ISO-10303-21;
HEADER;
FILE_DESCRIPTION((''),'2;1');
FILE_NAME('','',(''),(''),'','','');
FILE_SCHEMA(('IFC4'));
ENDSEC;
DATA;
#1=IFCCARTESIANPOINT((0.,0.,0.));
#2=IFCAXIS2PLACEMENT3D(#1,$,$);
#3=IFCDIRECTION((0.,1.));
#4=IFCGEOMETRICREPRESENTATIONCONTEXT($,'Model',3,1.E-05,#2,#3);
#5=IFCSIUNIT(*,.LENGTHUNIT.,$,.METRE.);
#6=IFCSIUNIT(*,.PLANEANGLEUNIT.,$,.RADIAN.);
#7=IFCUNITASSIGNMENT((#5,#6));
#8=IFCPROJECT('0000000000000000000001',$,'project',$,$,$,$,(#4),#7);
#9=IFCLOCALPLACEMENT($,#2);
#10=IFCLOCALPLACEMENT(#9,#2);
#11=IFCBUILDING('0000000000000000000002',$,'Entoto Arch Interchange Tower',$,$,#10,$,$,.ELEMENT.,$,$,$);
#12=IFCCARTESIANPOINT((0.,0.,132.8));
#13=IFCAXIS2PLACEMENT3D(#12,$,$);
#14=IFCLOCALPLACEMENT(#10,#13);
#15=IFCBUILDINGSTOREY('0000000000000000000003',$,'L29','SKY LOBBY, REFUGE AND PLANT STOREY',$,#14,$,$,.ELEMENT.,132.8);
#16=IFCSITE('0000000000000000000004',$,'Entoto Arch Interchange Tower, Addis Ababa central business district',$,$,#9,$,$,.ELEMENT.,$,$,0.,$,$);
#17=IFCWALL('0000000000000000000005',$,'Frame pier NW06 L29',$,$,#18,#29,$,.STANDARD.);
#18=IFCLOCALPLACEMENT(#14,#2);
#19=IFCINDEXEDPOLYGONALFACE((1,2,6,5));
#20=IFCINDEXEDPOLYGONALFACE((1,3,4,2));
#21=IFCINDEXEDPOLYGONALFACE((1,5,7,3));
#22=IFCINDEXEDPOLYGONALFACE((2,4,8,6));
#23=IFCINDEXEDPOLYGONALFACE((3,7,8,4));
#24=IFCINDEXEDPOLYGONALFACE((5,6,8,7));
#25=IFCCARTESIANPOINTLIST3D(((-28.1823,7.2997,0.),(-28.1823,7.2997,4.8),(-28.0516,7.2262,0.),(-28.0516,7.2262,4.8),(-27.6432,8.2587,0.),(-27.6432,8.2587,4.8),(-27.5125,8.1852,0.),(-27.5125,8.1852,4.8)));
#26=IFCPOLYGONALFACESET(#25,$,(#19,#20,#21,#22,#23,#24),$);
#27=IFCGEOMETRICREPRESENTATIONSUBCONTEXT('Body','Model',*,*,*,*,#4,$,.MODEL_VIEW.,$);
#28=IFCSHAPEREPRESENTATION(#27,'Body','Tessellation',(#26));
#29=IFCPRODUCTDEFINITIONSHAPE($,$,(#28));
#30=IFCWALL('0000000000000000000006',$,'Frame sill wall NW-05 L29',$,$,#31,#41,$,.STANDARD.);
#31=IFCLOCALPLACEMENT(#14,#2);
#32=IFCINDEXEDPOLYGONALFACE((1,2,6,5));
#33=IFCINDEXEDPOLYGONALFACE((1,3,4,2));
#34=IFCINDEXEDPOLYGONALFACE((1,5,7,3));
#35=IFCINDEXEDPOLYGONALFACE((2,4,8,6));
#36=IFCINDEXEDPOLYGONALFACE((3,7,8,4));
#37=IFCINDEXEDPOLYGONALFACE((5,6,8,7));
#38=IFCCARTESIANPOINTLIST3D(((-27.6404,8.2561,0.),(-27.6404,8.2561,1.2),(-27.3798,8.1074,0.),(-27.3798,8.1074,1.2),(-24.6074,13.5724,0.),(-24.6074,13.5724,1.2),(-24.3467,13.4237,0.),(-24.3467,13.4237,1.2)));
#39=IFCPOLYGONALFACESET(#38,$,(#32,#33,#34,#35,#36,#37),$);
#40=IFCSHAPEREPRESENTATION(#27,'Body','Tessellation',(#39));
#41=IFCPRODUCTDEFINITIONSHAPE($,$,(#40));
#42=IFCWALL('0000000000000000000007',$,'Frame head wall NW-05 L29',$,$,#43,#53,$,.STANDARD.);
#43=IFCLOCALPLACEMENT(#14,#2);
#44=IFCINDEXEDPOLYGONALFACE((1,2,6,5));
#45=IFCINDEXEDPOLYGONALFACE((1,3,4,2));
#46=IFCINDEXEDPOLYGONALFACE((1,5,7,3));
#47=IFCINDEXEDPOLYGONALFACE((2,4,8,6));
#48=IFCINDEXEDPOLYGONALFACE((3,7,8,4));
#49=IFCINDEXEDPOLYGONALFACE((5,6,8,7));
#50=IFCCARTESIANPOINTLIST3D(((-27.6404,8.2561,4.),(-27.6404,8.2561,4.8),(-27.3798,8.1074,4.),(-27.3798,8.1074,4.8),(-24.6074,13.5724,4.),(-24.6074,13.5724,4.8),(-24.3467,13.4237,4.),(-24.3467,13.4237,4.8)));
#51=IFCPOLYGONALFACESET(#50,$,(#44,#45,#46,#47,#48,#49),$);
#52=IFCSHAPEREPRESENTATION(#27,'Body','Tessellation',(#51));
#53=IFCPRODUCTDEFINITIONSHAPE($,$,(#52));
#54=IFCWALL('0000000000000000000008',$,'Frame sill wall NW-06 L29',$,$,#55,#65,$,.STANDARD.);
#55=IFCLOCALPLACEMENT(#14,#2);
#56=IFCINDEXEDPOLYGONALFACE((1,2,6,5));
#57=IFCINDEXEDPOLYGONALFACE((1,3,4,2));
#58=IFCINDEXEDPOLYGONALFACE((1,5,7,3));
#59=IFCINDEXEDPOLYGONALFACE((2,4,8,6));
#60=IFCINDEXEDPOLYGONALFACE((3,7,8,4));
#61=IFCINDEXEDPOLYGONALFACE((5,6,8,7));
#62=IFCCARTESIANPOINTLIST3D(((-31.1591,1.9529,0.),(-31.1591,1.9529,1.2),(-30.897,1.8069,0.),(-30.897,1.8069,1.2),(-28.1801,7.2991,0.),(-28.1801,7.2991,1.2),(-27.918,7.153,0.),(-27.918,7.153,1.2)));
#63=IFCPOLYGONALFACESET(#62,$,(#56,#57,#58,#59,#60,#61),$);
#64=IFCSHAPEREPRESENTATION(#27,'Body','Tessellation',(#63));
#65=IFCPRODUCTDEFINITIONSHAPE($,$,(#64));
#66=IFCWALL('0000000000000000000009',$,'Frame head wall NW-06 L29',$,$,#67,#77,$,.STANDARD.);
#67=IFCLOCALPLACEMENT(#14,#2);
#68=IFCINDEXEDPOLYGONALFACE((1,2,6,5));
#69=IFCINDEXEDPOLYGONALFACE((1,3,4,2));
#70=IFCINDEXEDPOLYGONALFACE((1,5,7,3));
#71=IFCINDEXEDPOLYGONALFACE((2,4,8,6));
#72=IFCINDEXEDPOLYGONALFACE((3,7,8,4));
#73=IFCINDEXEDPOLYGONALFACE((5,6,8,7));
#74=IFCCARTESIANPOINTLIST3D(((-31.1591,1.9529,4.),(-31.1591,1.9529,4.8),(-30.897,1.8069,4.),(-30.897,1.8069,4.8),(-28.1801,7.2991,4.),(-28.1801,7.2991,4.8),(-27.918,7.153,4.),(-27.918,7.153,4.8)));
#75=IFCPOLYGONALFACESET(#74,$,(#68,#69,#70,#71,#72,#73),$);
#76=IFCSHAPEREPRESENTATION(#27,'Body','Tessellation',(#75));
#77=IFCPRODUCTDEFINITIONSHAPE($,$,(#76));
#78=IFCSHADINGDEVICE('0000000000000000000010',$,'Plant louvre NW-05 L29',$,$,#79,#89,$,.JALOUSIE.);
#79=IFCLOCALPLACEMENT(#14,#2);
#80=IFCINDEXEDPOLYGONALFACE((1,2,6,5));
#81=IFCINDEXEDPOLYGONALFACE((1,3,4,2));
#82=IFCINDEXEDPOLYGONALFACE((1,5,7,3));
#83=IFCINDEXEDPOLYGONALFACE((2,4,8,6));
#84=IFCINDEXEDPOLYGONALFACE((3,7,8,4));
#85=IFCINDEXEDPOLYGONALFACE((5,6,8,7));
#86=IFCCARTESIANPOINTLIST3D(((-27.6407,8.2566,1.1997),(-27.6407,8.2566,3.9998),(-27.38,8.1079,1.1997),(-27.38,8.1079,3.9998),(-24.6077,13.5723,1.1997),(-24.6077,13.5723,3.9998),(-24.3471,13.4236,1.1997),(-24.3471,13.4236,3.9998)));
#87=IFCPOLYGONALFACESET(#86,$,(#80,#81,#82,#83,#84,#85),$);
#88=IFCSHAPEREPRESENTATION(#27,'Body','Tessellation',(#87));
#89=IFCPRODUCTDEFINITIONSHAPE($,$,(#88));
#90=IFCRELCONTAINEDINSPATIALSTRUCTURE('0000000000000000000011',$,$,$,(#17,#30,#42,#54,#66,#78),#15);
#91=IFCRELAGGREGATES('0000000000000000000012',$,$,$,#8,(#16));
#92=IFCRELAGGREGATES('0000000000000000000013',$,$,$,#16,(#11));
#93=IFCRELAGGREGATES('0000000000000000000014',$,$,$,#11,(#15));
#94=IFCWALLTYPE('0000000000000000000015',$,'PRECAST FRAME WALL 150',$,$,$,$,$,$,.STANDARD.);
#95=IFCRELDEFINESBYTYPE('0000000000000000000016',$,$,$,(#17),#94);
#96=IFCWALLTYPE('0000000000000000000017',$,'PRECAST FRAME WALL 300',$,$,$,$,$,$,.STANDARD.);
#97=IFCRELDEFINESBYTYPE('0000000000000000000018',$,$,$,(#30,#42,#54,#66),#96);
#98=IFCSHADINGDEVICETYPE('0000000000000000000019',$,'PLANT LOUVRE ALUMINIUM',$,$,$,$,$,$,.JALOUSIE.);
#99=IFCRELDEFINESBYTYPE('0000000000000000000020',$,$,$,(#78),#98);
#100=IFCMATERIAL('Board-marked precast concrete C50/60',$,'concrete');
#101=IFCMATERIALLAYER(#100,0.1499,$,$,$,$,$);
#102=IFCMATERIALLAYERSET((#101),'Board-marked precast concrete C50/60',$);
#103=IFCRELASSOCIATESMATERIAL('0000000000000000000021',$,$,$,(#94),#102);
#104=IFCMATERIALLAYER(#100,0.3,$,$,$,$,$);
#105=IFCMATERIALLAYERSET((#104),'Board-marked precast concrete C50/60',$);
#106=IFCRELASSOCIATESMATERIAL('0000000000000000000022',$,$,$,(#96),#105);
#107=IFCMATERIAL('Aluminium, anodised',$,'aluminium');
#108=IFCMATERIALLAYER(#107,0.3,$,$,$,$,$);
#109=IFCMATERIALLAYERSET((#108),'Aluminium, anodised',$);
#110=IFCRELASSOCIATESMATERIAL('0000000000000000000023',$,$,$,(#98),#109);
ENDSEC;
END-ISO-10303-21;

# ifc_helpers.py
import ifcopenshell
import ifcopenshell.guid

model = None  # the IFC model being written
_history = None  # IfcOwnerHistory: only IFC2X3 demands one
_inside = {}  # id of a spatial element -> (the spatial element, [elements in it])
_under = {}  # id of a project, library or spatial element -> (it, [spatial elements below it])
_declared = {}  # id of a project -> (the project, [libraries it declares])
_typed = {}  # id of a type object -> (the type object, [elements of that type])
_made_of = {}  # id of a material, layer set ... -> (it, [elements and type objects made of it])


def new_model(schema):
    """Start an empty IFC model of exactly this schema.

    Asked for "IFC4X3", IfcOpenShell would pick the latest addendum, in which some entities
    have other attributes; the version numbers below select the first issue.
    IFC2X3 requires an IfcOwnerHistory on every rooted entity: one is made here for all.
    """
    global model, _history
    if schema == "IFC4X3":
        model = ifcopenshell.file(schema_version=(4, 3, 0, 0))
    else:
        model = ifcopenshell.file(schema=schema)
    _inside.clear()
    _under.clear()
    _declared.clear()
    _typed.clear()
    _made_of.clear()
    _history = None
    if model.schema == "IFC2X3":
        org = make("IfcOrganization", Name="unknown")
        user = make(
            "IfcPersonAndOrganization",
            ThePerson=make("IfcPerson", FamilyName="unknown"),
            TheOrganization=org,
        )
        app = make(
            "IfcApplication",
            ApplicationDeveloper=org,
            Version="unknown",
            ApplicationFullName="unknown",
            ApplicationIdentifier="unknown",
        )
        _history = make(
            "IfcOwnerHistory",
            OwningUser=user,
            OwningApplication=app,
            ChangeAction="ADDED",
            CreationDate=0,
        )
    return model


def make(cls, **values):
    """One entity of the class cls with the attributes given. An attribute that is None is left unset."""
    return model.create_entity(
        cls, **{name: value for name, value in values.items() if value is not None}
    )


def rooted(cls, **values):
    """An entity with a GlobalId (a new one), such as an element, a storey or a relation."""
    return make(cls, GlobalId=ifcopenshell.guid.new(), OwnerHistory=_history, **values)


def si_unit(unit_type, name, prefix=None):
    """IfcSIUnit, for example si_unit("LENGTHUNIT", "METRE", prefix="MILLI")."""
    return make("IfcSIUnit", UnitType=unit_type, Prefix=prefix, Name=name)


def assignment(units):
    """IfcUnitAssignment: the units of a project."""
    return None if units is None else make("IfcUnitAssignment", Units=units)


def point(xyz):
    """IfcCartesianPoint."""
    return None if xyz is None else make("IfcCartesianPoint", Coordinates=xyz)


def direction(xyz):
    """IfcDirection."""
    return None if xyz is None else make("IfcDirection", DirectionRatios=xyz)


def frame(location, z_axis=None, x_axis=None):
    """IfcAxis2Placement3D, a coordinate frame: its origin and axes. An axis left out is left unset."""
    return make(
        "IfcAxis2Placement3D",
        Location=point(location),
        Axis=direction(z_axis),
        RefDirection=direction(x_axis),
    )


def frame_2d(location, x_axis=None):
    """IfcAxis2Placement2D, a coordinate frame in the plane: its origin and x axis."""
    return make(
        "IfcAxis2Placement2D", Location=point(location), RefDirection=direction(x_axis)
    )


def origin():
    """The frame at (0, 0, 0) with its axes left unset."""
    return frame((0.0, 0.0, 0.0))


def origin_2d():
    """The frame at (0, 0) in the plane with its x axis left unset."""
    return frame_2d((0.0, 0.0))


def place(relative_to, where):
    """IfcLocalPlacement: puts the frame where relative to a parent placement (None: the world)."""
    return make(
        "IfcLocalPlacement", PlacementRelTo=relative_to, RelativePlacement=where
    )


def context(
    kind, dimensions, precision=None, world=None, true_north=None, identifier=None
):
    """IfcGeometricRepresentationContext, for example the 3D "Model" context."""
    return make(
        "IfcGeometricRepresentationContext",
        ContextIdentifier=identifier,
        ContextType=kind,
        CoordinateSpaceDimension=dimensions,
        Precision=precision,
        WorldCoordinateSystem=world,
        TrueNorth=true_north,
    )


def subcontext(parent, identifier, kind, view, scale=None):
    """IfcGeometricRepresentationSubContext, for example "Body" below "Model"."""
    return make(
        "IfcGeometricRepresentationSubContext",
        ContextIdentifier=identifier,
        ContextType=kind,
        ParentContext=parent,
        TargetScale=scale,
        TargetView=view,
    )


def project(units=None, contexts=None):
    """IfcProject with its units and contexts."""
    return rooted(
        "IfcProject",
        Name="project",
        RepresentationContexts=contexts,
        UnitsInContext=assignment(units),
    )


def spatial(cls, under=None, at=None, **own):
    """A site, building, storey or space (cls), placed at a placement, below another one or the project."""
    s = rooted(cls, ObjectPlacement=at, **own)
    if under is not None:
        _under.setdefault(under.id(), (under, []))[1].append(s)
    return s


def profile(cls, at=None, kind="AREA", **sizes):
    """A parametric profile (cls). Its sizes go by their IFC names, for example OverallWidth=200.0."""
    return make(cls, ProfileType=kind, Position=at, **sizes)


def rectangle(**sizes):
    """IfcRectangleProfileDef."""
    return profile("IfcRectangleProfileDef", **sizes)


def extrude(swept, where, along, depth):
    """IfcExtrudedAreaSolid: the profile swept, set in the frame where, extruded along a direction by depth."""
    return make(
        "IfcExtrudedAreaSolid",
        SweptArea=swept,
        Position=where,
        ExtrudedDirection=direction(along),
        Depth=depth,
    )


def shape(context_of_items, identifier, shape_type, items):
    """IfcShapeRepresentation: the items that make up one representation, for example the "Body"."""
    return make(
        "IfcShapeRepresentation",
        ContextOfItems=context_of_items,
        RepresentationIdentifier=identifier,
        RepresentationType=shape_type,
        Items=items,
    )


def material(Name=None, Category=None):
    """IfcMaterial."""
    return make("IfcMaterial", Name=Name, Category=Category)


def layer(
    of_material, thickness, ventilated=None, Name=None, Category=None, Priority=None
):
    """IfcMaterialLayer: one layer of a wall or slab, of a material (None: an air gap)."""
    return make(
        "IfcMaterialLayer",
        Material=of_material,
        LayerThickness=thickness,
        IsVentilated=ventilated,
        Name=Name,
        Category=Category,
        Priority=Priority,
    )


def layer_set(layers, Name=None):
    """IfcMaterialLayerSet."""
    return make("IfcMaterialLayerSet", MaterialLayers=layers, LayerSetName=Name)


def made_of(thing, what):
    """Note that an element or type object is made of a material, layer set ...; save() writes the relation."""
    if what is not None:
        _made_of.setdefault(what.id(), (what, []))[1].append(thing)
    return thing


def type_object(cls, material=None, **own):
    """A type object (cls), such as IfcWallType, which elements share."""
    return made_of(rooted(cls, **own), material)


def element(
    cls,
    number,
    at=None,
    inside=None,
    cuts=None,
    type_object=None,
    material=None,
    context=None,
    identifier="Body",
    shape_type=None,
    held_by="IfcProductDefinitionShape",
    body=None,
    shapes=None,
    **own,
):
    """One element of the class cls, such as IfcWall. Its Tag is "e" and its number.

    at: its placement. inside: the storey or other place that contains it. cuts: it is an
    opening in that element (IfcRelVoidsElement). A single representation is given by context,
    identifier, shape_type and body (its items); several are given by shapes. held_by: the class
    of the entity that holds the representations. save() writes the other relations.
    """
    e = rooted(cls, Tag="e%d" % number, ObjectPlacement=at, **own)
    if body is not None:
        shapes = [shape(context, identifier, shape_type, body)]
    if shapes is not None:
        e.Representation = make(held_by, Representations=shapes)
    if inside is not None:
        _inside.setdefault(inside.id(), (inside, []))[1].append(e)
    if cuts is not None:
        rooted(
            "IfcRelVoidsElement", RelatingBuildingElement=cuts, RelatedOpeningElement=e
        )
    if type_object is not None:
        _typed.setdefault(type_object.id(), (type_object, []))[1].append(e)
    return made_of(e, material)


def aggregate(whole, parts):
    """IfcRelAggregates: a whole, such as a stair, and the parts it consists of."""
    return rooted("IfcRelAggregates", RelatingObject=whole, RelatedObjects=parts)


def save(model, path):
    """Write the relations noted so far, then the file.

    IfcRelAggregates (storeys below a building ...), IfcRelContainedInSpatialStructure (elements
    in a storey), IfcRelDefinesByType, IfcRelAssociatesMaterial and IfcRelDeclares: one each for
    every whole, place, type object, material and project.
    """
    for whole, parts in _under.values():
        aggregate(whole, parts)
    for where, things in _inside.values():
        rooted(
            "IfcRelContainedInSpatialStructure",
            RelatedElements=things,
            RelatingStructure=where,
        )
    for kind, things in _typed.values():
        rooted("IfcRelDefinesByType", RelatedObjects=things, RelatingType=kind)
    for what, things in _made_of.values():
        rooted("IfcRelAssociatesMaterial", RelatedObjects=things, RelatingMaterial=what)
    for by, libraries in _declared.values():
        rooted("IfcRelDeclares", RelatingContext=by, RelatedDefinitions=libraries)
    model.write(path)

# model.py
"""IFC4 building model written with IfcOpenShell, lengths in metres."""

from ifc_helpers import new_model, si_unit, direction, frame, frame_2d, origin, origin_2d, place, context, subcontext, project, spatial, rectangle, extrude, material, layer, layer_set, type_object, element, save


model = new_model("IFC4")

# Units and contexts
model_context = context("Model", 3, precision=1e-05, world=origin(), true_north=direction((0.0, 1.0)))
body_context = subcontext(model_context, "Body", "Model", "MODEL_VIEW")
ifc_project = project(units=[si_unit("LENGTHUNIT", "METRE"), si_unit("PLANEANGLEUNIT", "RADIAN")], contexts=[model_context])

# Site, building, storey
site_placement = place(None, origin())
site = spatial("IfcSite", under=ifc_project, at=site_placement, Name="Entoto Arch Interchange Tower, Addis Ababa central business district", CompositionType="ELEMENT", RefElevation=0.0)
building_placement = place(site_placement, origin())
building = spatial("IfcBuilding", under=site, at=building_placement, Name="Entoto Arch Interchange Tower", CompositionType="ELEMENT")
storey_placement = place(building_placement, frame((0.0, 0.0, 132.8)))
storey = spatial("IfcBuildingStorey", under=building, at=storey_placement, Name="L29", Description="SKY LOBBY, REFUGE AND PLANT STOREY", CompositionType="ELEMENT", Elevation=132.8)

# Walls
ifc_material_1 = material(Name="Board-marked precast concrete C50/60", Category="concrete")
ifc_layer_1 = layer(ifc_material_1, 0.1499)
ifc_layer_set_1 = layer_set([ifc_layer_1], Name="Board-marked precast concrete C50/60")
wall_type_1 = type_object("IfcWallType", Name="PRECAST FRAME WALL 150", PredefinedType="STANDARD", material=ifc_layer_set_1)
wall_1_placement = place(storey_placement, frame((-27.5779, 8.2219, 0.0), z_axis=(0.0, 0.0, 1.0), x_axis=(-0.490008, -0.871718, 0.0)))
element("IfcWall", 1, at=wall_1_placement, inside=storey, type_object=wall_type_1, Name="Frame pier NW06 L29", PredefinedType="STANDARD", context=body_context, shape_type="SweptSolid", body=[
    extrude(rectangle(XDim=1.1001, YDim=0.1499, at=frame_2d((0.55, 0.0))), origin(), (0.0, 0.0, 1.0), 4.8),
])
ifc_layer_2 = layer(ifc_material_1, 0.3)
ifc_layer_set_2 = layer_set([ifc_layer_2], Name="Board-marked precast concrete C50/60")
wall_type_2 = type_object("IfcWallType", Name="PRECAST FRAME WALL 300", PredefinedType="STANDARD", material=ifc_layer_set_2)
wall_2_placement = place(storey_placement, frame((-24.4771, 13.498, 0.0), z_axis=(0.0, 0.0, 1.0), x_axis=(-0.495542, -0.868584, 0.0)))
element("IfcWall", 2, at=wall_2_placement, inside=storey, type_object=wall_type_2, Name="Frame sill wall NW-05 L29", PredefinedType="STANDARD", context=body_context, shape_type="SweptSolid", body=[
    extrude(rectangle(XDim=6.1206, YDim=0.3, at=frame_2d((3.0603, 0.0))), origin(), (0.0, 0.0, 1.0), 1.2),
])
wall_3_placement = place(storey_placement, frame((-24.4771, 13.498, 4.0), z_axis=(0.0, 0.0, 1.0), x_axis=(-0.495542, -0.868584, 0.0)))
element("IfcWall", 3, at=wall_3_placement, inside=storey, type_object=wall_type_2, Name="Frame head wall NW-05 L29", PredefinedType="STANDARD", context=body_context, shape_type="SweptSolid", body=[
    extrude(rectangle(XDim=6.1206, YDim=0.3, at=frame_2d((3.0603, 0.0))), origin(), (0.0, 0.0, 1.0), 0.8),
])
wall_4_placement = place(storey_placement, frame((-28.0491, 7.2261, 0.0), z_axis=(0.0, 0.0, 1.0), x_axis=(-0.486753, -0.873539, 0.0)))
element("IfcWall", 4, at=wall_4_placement, inside=storey, type_object=wall_type_2, Name="Frame sill wall NW-06 L29", PredefinedType="STANDARD", context=body_context, shape_type="SweptSolid", body=[
    extrude(rectangle(XDim=6.1201, YDim=0.3, at=frame_2d((3.0601, 0.0))), origin(), (0.0, 0.0, 1.0), 1.2),
])
wall_5_placement = place(storey_placement, frame((-28.0491, 7.2261, 4.0), z_axis=(0.0, 0.0, 1.0), x_axis=(-0.486753, -0.873539, 0.0)))
element("IfcWall", 5, at=wall_5_placement, inside=storey, type_object=wall_type_2, Name="Frame head wall NW-06 L29", PredefinedType="STANDARD", context=body_context, shape_type="SweptSolid", body=[
    extrude(rectangle(XDim=6.1201, YDim=0.3, at=frame_2d((3.0601, 0.0))), origin(), (0.0, 0.0, 1.0), 0.8),
])

# Shading device
ifc_material_2 = material(Name="Aluminium, anodised", Category="aluminium")
ifc_layer_3 = layer(ifc_material_2, 0.3)
ifc_layer_set_3 = layer_set([ifc_layer_3], Name="Aluminium, anodised")
shading_device_type = type_object("IfcShadingDeviceType", Name="PLANT LOUVRE ALUMINIUM", PredefinedType="JALOUSIE", material=ifc_layer_set_3)
shading_device_placement = place(storey_placement, frame((-25.9939, 10.8401, 1.1997), z_axis=(0.0, 0.0, 1.0), x_axis=(-0.495565, -0.868571, 0.0)))
element("IfcShadingDevice", 6, at=shading_device_placement, inside=storey, type_object=shading_device_type, Name="Plant louvre NW-05 L29", PredefinedType="JALOUSIE", context=body_context, shape_type="SweptSolid", body=[
    extrude(rectangle(XDim=6.1201, YDim=0.3, at=origin_2d()), origin(), (0.0, 0.0, 1.0), 2.8),
])

save(model, "model.ifc")
